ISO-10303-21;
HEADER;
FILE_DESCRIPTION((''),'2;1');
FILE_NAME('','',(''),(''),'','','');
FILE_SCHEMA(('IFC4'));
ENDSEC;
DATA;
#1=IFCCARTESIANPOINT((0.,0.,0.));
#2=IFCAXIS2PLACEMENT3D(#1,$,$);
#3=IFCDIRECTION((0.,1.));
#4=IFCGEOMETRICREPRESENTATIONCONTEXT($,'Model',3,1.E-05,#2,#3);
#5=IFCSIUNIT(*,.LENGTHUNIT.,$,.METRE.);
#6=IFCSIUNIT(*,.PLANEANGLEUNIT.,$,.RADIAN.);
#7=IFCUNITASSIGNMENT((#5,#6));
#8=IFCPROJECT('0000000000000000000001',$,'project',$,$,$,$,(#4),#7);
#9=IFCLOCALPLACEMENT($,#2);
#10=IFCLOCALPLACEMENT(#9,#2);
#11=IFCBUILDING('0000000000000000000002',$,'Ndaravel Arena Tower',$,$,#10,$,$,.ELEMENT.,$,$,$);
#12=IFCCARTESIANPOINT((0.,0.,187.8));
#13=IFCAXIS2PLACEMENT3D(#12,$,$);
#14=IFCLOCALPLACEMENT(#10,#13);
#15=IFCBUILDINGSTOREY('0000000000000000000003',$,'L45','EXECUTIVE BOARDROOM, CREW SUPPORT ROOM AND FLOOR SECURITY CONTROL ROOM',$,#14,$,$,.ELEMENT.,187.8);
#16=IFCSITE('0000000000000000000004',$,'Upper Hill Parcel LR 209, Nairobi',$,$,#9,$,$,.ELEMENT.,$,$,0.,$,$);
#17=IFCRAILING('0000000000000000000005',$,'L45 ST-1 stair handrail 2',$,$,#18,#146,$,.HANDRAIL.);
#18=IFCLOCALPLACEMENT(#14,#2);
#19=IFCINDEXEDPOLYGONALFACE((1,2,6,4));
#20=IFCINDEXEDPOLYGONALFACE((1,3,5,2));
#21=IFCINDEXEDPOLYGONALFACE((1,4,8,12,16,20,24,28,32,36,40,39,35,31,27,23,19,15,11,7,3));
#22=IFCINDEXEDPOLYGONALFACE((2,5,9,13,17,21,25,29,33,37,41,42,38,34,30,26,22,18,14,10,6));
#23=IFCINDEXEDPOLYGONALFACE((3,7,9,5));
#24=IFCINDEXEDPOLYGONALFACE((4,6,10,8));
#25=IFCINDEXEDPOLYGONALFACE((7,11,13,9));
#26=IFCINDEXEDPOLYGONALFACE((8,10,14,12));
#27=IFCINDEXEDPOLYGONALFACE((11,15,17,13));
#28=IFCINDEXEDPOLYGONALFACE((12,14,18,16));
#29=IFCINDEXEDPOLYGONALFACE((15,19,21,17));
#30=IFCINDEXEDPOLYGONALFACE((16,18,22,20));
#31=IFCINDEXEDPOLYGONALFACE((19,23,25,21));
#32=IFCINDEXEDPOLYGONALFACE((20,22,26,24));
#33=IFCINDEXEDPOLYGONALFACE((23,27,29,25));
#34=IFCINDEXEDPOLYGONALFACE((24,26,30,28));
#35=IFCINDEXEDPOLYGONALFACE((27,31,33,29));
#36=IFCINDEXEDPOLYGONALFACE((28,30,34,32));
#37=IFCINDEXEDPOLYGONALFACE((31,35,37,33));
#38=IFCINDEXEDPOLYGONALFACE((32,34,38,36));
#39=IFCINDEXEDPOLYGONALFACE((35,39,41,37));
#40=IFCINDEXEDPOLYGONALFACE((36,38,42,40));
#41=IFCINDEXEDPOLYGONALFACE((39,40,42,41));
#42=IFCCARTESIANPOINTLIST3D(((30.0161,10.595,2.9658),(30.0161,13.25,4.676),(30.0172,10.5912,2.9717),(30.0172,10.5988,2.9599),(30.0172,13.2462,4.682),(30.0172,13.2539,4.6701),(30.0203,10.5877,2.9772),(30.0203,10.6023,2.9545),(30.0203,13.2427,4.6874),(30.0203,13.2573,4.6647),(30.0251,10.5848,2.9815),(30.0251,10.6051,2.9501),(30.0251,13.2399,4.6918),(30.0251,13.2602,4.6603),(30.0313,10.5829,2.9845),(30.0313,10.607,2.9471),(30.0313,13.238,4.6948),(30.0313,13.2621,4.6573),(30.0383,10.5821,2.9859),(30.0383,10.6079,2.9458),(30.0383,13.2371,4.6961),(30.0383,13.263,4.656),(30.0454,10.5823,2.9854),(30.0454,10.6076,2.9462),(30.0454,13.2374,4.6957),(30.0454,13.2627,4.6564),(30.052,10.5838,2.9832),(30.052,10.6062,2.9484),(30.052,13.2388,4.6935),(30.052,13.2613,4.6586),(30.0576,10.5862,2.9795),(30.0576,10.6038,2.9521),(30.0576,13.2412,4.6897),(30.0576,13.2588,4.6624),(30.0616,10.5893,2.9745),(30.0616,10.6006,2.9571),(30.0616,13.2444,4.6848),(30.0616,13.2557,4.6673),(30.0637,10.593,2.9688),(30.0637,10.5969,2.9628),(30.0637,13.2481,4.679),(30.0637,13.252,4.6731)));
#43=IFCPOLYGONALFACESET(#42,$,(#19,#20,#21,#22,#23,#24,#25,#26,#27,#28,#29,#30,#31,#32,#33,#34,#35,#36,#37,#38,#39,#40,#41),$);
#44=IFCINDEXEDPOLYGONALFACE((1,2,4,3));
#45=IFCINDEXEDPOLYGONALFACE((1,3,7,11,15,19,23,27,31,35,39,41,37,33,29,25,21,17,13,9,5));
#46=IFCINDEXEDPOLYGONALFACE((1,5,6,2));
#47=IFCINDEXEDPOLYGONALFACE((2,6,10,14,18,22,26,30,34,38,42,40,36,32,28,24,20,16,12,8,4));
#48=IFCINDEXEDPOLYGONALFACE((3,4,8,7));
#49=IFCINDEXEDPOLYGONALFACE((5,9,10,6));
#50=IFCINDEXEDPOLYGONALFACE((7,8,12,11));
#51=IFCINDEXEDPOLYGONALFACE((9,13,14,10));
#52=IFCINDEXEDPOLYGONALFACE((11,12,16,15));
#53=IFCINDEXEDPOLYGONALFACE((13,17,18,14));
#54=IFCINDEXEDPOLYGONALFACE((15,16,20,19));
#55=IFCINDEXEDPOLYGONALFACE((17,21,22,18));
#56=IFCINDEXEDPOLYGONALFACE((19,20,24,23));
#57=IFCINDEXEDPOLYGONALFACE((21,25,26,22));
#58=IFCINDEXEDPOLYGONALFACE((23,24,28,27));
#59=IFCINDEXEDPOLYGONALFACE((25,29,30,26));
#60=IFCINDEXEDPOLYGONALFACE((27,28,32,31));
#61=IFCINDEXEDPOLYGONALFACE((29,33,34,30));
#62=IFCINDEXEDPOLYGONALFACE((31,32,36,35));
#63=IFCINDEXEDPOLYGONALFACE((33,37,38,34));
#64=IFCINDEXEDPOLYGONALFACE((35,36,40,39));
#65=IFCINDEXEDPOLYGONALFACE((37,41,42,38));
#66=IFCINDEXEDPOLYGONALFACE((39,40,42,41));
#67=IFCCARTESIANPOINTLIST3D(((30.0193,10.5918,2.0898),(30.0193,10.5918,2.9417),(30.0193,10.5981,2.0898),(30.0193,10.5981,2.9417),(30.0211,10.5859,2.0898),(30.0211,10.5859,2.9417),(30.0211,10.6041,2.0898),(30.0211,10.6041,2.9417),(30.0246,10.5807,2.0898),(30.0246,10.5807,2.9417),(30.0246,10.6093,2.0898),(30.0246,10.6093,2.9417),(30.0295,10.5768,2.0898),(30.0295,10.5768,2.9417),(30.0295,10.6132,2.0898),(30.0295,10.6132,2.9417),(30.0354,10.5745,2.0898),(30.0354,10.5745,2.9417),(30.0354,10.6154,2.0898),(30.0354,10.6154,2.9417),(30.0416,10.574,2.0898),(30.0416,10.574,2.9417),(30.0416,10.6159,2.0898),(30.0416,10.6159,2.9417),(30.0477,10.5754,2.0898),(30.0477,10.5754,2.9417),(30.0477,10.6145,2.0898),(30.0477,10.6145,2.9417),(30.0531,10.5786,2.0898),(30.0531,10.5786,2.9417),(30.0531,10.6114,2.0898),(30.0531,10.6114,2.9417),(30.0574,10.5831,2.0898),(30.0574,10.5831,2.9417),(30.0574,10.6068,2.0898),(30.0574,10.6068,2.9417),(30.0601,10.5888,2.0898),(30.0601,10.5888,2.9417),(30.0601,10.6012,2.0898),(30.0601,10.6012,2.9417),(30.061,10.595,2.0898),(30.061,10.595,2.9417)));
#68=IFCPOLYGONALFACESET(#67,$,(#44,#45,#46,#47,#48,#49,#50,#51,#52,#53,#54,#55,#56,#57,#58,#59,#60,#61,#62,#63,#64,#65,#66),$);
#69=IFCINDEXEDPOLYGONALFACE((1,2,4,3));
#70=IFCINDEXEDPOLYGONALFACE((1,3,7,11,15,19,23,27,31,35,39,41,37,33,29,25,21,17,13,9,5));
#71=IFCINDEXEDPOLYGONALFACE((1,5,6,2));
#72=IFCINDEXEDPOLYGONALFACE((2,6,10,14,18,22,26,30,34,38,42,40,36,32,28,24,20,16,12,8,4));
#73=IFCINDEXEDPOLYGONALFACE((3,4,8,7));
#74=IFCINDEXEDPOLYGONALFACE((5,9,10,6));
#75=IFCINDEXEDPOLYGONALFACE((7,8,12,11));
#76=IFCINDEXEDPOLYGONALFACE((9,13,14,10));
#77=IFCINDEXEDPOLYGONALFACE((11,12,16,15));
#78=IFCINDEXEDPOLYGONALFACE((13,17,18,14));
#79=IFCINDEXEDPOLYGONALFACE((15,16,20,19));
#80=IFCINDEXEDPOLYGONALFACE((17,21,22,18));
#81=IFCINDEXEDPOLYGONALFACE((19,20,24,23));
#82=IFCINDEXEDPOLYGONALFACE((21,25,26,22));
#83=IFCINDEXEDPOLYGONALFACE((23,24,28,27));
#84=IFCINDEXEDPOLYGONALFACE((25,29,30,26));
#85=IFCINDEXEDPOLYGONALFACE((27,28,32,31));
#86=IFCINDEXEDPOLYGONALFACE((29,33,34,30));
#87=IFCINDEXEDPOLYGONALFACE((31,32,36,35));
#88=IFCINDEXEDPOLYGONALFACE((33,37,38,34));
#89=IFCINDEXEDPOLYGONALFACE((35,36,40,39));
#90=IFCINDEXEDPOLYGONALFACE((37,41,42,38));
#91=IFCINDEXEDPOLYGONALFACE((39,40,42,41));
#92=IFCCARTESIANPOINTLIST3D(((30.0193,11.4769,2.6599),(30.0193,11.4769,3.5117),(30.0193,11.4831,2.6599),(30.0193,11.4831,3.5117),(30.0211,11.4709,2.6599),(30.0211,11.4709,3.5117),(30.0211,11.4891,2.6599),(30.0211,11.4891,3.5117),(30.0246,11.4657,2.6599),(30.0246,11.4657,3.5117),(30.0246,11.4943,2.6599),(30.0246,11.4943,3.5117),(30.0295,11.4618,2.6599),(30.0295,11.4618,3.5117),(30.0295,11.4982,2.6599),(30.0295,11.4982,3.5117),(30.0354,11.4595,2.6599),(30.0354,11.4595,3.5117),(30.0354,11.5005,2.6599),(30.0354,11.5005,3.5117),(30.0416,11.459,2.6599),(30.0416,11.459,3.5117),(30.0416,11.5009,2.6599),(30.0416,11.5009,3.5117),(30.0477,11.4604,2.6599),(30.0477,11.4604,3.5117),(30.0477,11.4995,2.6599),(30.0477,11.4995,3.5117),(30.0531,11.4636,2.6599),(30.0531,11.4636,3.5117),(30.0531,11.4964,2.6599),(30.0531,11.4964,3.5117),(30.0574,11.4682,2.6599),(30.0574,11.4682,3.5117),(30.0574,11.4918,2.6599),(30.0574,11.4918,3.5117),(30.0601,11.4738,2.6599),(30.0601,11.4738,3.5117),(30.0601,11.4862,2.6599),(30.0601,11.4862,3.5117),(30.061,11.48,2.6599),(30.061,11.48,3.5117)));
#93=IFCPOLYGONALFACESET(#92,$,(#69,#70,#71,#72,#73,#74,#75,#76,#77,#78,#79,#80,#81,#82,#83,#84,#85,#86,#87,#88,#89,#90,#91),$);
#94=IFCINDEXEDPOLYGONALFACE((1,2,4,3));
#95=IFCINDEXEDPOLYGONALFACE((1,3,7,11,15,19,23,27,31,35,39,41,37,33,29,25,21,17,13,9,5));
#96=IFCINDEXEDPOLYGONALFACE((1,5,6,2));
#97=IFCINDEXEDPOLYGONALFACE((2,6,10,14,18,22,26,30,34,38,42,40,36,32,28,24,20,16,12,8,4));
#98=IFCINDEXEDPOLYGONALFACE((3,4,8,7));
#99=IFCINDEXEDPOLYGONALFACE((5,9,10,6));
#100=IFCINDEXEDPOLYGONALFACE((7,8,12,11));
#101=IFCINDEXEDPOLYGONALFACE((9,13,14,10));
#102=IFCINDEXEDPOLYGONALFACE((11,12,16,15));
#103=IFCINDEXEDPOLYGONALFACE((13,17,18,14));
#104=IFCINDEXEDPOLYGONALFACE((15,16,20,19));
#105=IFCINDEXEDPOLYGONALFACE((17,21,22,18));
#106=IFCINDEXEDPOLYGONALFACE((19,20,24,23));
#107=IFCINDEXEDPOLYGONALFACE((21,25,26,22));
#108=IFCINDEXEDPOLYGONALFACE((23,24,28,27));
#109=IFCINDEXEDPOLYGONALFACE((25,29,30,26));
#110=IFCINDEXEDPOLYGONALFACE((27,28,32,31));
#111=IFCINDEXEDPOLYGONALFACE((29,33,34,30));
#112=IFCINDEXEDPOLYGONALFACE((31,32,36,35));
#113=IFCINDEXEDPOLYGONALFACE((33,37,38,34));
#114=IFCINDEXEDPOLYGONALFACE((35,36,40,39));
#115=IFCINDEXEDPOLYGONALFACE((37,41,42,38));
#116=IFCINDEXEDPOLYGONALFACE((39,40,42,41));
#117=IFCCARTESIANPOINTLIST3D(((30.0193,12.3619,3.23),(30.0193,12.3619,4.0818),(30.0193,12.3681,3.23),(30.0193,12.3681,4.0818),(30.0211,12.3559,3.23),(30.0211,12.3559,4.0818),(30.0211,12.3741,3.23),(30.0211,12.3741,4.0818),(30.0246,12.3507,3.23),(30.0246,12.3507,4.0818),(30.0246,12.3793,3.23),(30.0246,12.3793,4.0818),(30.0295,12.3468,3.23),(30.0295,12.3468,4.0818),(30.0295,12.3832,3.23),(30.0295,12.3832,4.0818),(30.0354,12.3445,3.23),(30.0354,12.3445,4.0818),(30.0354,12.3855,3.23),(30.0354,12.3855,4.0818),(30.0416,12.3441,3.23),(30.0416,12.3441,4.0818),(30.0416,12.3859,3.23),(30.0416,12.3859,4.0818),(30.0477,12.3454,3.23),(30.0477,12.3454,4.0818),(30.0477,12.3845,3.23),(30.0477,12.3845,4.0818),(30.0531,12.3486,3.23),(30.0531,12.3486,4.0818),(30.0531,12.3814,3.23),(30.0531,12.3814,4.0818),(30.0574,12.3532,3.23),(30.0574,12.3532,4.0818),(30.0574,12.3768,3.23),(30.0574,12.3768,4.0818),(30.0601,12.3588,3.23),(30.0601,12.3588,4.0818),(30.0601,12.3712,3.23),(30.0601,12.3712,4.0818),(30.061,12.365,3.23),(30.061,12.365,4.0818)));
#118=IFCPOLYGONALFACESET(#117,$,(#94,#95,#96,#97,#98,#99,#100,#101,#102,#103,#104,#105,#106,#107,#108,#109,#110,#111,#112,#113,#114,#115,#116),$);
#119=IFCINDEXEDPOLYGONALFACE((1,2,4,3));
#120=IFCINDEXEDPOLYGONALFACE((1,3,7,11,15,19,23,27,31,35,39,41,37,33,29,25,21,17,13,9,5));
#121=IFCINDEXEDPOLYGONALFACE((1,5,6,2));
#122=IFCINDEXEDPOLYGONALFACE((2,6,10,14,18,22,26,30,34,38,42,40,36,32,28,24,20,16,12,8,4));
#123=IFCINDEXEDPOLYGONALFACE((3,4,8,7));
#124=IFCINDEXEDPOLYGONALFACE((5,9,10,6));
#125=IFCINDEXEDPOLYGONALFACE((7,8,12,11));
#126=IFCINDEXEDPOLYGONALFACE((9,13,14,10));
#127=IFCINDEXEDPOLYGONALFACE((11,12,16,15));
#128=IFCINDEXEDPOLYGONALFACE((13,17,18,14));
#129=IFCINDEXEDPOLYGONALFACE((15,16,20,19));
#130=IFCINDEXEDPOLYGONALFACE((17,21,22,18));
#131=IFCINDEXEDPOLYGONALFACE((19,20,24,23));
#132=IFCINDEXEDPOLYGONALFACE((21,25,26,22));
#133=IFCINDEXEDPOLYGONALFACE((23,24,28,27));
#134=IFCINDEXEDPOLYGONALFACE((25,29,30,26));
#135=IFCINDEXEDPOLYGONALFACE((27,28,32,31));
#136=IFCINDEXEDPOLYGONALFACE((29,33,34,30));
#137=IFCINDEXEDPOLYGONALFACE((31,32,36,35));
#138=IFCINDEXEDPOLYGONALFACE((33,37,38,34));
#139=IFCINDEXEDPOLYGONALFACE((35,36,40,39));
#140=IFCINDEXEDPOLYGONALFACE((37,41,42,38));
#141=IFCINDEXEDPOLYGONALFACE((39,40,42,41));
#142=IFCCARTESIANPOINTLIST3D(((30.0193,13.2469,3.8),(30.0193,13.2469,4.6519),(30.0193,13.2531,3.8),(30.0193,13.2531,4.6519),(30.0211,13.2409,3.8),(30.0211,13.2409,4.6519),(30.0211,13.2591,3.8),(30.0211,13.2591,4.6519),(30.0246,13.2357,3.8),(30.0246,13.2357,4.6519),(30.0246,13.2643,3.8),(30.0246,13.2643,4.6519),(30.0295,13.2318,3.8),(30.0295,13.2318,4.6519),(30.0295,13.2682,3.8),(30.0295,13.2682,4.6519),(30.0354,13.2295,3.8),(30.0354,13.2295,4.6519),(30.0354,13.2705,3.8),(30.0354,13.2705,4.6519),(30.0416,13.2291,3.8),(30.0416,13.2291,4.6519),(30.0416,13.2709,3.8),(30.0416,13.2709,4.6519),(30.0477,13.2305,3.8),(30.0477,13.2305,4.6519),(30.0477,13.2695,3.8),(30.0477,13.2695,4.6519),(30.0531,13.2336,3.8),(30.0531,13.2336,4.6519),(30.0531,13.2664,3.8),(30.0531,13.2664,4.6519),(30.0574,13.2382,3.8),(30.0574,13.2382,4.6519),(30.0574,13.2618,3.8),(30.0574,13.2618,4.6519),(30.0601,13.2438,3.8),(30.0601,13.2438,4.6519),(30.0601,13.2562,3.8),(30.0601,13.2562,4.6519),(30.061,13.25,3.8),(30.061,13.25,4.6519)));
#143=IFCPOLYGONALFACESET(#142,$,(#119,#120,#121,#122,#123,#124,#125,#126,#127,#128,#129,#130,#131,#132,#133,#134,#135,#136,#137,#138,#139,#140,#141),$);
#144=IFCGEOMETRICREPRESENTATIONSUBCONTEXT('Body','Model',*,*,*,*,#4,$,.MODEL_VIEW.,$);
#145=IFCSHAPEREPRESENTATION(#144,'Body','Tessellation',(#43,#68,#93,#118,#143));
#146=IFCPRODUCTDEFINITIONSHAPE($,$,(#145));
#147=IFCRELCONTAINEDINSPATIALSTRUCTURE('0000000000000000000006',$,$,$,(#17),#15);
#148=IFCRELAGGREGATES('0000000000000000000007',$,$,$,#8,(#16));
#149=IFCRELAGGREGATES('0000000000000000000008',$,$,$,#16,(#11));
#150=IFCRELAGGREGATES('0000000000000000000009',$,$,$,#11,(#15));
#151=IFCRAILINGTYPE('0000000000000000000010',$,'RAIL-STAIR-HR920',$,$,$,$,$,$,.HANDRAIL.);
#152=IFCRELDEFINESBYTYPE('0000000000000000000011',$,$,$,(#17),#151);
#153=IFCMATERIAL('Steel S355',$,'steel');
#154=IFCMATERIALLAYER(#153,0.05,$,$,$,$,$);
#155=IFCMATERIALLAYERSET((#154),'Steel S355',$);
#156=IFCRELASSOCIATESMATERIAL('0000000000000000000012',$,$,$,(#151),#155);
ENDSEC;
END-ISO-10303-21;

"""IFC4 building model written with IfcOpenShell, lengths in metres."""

from ifc_helpers import new_model, si_unit, direction, frame, origin, origin_2d, place, context, subcontext, project, spatial, circle, extrude, material, layer, layer_set, type_object, element, save


model = new_model("IFC4")

# Units and contexts
model_context = context("Model", 3, precision=1e-05, world=origin(), true_north=direction((0.0, 1.0)))
body_context = subcontext(model_context, "Body", "Model", "MODEL_VIEW")
ifc_project = project(units=[si_unit("LENGTHUNIT", "METRE"), si_unit("PLANEANGLEUNIT", "RADIAN")], contexts=[model_context])

# Site, building, storey
site_placement = place(None, origin())
site = spatial("IfcSite", under=ifc_project, at=site_placement, Name="Upper Hill Parcel LR 209, Nairobi", CompositionType="ELEMENT", RefElevation=0.0)
building_placement = place(site_placement, origin())
building = spatial("IfcBuilding", under=site, at=building_placement, Name="Ndaravel Arena Tower", CompositionType="ELEMENT")
storey_placement = place(building_placement, frame((0.0, 0.0, 187.8)))
storey = spatial("IfcBuildingStorey", under=building, at=storey_placement, Name="L45", Description="EXECUTIVE BOARDROOM, CREW SUPPORT ROOM AND FLOOR SECURITY CONTROL ROOM", CompositionType="ELEMENT", Elevation=187.8)

# Railing
ifc_material_1 = material(Name="Steel S355", Category="steel")
ifc_layer_1 = layer(ifc_material_1, 0.05)
ifc_layer_set_1 = layer_set([ifc_layer_1], Name="Steel S355")
railing_type_1 = type_object("IfcRailingType", Name="RAIL-STAIR-HR920", PredefinedType="HANDRAIL", material=ifc_layer_set_1)
railing_1_placement = place(storey_placement, frame((30.04, 10.595, 2.0898)))
element("IfcRailing", 1, at=railing_1_placement, inside=storey, type_object=railing_type_1, Name="L45 ST-1 stair handrail 2", PredefinedType="HANDRAIL", context=body_context, shape_type="SweptSolid", body=[
    extrude(circle(Radius=0.0239, at=origin_2d()), frame((0.0, 0.0, 0.876), z_axis=(0.0, 0.840688, 0.541519), x_axis=(-1.0, 0.0, 0.0)), (0.0, 0.0, 1.0), 3.1582),
    extrude(circle(Radius=0.021, at=origin_2d()), origin(), (0.0, 0.0, 1.0), 0.8518),
    extrude(circle(Radius=0.021, at=origin_2d()), frame((0.0, 0.885, 0.5701)), (0.0, 0.0, 1.0), 0.8518),
    extrude(circle(Radius=0.021, at=origin_2d()), frame((0.0, 1.77, 1.1401)), (0.0, 0.0, 1.0), 0.8518),
    extrude(circle(Radius=0.021, at=origin_2d()), frame((0.0, 2.655, 1.7102)), (0.0, 0.0, 1.0), 0.8518),
])

save(model, "model.ifc")
